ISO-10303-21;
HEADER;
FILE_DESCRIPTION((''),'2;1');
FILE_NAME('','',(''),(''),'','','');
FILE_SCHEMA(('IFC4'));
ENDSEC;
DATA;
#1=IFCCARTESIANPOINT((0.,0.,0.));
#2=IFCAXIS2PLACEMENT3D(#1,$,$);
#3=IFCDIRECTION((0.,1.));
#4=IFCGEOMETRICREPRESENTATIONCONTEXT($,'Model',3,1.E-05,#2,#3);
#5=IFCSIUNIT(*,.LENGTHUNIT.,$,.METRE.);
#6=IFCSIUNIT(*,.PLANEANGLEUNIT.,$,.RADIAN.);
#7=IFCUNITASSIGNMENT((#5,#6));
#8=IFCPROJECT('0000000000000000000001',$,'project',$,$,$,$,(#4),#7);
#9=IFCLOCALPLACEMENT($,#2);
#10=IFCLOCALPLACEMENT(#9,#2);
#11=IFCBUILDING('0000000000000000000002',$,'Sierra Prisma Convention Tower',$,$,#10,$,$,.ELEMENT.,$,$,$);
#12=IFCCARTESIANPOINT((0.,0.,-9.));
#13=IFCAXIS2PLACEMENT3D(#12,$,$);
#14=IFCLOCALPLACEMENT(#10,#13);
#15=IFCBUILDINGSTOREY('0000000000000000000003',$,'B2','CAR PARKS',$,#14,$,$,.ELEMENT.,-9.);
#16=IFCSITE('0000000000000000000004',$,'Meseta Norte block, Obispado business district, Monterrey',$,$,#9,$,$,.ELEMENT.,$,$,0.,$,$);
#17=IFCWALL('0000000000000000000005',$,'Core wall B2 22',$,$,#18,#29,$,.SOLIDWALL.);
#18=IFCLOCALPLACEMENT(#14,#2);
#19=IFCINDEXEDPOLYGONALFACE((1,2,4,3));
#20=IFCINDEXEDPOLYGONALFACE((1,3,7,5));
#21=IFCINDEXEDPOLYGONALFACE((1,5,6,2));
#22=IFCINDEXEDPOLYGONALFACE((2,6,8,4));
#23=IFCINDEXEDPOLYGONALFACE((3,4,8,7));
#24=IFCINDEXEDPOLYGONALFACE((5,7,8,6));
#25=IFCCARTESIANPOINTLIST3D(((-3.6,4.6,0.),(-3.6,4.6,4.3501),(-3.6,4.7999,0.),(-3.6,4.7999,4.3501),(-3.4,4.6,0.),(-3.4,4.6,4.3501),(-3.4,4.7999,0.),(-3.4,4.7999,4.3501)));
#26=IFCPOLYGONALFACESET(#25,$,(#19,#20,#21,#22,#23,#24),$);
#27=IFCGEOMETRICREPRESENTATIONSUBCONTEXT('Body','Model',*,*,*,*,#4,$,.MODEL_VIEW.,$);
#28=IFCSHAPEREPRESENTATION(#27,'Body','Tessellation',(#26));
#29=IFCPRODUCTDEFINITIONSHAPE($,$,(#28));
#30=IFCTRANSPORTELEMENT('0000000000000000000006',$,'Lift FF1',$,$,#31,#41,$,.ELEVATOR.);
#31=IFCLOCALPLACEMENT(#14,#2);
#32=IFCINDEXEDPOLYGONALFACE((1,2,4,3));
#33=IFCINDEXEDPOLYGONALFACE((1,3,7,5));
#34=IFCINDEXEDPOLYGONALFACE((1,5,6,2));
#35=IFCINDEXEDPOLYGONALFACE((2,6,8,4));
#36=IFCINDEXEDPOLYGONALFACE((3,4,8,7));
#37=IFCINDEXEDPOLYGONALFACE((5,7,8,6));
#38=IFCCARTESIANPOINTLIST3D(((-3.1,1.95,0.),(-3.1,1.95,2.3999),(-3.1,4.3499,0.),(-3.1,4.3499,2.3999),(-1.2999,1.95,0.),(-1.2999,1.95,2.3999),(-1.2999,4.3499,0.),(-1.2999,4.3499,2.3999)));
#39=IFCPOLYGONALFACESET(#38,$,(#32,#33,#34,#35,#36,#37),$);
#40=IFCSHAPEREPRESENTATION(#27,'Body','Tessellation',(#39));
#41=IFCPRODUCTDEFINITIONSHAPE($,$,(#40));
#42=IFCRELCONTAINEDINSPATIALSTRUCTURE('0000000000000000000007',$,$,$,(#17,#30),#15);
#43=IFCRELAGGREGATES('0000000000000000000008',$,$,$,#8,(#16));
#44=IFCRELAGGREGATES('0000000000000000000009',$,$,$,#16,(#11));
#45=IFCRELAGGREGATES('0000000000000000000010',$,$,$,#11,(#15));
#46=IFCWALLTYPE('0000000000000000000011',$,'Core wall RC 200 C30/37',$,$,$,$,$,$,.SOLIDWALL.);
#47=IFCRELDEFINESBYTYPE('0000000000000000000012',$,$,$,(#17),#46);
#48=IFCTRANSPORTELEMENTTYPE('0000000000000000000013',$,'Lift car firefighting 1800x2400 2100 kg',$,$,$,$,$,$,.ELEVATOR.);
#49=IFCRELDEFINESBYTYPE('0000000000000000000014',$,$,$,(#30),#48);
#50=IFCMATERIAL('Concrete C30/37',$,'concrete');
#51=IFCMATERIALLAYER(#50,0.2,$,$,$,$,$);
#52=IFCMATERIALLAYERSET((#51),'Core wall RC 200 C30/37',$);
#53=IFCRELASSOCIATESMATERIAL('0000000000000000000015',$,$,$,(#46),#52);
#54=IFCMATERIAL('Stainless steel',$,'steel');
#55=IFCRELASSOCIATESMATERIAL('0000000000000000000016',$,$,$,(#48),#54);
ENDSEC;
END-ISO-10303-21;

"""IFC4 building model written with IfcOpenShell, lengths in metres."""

from ifc_helpers import new_model, si_unit, direction, frame, frame_2d, origin, origin_2d, place, context, subcontext, project, spatial, rectangle, extrude, material, layer, layer_set, type_object, element, save


model = new_model("IFC4")

# Units and contexts
model_context = context("Model", 3, precision=1e-05, world=origin(), true_north=direction((0.0, 1.0)))
body_context = subcontext(model_context, "Body", "Model", "MODEL_VIEW")
ifc_project = project(units=[si_unit("LENGTHUNIT", "METRE"), si_unit("PLANEANGLEUNIT", "RADIAN")], contexts=[model_context])

# Site, building, storey
site_placement = place(None, origin())
site = spatial("IfcSite", under=ifc_project, at=site_placement, Name="Meseta Norte block, Obispado business district, Monterrey", CompositionType="ELEMENT", RefElevation=0.0)
building_placement = place(site_placement, origin())
building = spatial("IfcBuilding", under=site, at=building_placement, Name="Sierra Prisma Convention Tower", CompositionType="ELEMENT")
storey_placement = place(building_placement, frame((0.0, 0.0, -9.0)))
storey = spatial("IfcBuildingStorey", under=building, at=storey_placement, Name="B2", Description="CAR PARKS", CompositionType="ELEMENT", Elevation=-9.0)

# Shared definitions
ifc_material_1 = material(Name="Concrete C30/37", Category="concrete")
ifc_layer_1 = layer(ifc_material_1, 0.2)
ifc_layer_set_1 = layer_set([ifc_layer_1], Name="Core wall RC 200 C30/37")
wall_type = type_object("IfcWallType", Name="Core wall RC 200 C30/37", PredefinedType="SOLIDWALL", material=ifc_layer_set_1)

# Wall
wall_1_placement = place(storey_placement, frame((-3.5, 4.8, 0.0), z_axis=(0.0, 0.0, 1.0), x_axis=(0.0, -1.0, 0.0)))
element("IfcWall", 1, at=wall_1_placement, inside=storey, type_object=wall_type, Name="Core wall B2 22", PredefinedType="SOLIDWALL", context=body_context, shape_type="SweptSolid", body=[
    extrude(rectangle(XDim=0.2, YDim=0.2, at=frame_2d((0.1001, 0.0))), origin(), (0.0, 0.0, 1.0), 4.3501),
])

# Transport element
ifc_material_2 = material(Name="Stainless steel", Category="steel")
transport_element_type = type_object("IfcTransportElementType", Name="Lift car firefighting 1800x2400 2100 kg", PredefinedType="ELEVATOR", material=ifc_material_2)
transport_element_placement = place(storey_placement, frame((-2.2, 3.1499, 0.0), z_axis=(0.0, 0.0, 1.0), x_axis=(1.0, 0.0, 0.0)))
element("IfcTransportElement", 2, at=transport_element_placement, inside=storey, type_object=transport_element_type, Name="Lift FF1", PredefinedType="ELEVATOR", context=body_context, shape_type="SweptSolid", body=[
    extrude(rectangle(XDim=1.8, YDim=2.3999, at=origin_2d()), origin(), (0.0, 0.0, 1.0), 2.3999),
])

save(model, "model.ifc")
